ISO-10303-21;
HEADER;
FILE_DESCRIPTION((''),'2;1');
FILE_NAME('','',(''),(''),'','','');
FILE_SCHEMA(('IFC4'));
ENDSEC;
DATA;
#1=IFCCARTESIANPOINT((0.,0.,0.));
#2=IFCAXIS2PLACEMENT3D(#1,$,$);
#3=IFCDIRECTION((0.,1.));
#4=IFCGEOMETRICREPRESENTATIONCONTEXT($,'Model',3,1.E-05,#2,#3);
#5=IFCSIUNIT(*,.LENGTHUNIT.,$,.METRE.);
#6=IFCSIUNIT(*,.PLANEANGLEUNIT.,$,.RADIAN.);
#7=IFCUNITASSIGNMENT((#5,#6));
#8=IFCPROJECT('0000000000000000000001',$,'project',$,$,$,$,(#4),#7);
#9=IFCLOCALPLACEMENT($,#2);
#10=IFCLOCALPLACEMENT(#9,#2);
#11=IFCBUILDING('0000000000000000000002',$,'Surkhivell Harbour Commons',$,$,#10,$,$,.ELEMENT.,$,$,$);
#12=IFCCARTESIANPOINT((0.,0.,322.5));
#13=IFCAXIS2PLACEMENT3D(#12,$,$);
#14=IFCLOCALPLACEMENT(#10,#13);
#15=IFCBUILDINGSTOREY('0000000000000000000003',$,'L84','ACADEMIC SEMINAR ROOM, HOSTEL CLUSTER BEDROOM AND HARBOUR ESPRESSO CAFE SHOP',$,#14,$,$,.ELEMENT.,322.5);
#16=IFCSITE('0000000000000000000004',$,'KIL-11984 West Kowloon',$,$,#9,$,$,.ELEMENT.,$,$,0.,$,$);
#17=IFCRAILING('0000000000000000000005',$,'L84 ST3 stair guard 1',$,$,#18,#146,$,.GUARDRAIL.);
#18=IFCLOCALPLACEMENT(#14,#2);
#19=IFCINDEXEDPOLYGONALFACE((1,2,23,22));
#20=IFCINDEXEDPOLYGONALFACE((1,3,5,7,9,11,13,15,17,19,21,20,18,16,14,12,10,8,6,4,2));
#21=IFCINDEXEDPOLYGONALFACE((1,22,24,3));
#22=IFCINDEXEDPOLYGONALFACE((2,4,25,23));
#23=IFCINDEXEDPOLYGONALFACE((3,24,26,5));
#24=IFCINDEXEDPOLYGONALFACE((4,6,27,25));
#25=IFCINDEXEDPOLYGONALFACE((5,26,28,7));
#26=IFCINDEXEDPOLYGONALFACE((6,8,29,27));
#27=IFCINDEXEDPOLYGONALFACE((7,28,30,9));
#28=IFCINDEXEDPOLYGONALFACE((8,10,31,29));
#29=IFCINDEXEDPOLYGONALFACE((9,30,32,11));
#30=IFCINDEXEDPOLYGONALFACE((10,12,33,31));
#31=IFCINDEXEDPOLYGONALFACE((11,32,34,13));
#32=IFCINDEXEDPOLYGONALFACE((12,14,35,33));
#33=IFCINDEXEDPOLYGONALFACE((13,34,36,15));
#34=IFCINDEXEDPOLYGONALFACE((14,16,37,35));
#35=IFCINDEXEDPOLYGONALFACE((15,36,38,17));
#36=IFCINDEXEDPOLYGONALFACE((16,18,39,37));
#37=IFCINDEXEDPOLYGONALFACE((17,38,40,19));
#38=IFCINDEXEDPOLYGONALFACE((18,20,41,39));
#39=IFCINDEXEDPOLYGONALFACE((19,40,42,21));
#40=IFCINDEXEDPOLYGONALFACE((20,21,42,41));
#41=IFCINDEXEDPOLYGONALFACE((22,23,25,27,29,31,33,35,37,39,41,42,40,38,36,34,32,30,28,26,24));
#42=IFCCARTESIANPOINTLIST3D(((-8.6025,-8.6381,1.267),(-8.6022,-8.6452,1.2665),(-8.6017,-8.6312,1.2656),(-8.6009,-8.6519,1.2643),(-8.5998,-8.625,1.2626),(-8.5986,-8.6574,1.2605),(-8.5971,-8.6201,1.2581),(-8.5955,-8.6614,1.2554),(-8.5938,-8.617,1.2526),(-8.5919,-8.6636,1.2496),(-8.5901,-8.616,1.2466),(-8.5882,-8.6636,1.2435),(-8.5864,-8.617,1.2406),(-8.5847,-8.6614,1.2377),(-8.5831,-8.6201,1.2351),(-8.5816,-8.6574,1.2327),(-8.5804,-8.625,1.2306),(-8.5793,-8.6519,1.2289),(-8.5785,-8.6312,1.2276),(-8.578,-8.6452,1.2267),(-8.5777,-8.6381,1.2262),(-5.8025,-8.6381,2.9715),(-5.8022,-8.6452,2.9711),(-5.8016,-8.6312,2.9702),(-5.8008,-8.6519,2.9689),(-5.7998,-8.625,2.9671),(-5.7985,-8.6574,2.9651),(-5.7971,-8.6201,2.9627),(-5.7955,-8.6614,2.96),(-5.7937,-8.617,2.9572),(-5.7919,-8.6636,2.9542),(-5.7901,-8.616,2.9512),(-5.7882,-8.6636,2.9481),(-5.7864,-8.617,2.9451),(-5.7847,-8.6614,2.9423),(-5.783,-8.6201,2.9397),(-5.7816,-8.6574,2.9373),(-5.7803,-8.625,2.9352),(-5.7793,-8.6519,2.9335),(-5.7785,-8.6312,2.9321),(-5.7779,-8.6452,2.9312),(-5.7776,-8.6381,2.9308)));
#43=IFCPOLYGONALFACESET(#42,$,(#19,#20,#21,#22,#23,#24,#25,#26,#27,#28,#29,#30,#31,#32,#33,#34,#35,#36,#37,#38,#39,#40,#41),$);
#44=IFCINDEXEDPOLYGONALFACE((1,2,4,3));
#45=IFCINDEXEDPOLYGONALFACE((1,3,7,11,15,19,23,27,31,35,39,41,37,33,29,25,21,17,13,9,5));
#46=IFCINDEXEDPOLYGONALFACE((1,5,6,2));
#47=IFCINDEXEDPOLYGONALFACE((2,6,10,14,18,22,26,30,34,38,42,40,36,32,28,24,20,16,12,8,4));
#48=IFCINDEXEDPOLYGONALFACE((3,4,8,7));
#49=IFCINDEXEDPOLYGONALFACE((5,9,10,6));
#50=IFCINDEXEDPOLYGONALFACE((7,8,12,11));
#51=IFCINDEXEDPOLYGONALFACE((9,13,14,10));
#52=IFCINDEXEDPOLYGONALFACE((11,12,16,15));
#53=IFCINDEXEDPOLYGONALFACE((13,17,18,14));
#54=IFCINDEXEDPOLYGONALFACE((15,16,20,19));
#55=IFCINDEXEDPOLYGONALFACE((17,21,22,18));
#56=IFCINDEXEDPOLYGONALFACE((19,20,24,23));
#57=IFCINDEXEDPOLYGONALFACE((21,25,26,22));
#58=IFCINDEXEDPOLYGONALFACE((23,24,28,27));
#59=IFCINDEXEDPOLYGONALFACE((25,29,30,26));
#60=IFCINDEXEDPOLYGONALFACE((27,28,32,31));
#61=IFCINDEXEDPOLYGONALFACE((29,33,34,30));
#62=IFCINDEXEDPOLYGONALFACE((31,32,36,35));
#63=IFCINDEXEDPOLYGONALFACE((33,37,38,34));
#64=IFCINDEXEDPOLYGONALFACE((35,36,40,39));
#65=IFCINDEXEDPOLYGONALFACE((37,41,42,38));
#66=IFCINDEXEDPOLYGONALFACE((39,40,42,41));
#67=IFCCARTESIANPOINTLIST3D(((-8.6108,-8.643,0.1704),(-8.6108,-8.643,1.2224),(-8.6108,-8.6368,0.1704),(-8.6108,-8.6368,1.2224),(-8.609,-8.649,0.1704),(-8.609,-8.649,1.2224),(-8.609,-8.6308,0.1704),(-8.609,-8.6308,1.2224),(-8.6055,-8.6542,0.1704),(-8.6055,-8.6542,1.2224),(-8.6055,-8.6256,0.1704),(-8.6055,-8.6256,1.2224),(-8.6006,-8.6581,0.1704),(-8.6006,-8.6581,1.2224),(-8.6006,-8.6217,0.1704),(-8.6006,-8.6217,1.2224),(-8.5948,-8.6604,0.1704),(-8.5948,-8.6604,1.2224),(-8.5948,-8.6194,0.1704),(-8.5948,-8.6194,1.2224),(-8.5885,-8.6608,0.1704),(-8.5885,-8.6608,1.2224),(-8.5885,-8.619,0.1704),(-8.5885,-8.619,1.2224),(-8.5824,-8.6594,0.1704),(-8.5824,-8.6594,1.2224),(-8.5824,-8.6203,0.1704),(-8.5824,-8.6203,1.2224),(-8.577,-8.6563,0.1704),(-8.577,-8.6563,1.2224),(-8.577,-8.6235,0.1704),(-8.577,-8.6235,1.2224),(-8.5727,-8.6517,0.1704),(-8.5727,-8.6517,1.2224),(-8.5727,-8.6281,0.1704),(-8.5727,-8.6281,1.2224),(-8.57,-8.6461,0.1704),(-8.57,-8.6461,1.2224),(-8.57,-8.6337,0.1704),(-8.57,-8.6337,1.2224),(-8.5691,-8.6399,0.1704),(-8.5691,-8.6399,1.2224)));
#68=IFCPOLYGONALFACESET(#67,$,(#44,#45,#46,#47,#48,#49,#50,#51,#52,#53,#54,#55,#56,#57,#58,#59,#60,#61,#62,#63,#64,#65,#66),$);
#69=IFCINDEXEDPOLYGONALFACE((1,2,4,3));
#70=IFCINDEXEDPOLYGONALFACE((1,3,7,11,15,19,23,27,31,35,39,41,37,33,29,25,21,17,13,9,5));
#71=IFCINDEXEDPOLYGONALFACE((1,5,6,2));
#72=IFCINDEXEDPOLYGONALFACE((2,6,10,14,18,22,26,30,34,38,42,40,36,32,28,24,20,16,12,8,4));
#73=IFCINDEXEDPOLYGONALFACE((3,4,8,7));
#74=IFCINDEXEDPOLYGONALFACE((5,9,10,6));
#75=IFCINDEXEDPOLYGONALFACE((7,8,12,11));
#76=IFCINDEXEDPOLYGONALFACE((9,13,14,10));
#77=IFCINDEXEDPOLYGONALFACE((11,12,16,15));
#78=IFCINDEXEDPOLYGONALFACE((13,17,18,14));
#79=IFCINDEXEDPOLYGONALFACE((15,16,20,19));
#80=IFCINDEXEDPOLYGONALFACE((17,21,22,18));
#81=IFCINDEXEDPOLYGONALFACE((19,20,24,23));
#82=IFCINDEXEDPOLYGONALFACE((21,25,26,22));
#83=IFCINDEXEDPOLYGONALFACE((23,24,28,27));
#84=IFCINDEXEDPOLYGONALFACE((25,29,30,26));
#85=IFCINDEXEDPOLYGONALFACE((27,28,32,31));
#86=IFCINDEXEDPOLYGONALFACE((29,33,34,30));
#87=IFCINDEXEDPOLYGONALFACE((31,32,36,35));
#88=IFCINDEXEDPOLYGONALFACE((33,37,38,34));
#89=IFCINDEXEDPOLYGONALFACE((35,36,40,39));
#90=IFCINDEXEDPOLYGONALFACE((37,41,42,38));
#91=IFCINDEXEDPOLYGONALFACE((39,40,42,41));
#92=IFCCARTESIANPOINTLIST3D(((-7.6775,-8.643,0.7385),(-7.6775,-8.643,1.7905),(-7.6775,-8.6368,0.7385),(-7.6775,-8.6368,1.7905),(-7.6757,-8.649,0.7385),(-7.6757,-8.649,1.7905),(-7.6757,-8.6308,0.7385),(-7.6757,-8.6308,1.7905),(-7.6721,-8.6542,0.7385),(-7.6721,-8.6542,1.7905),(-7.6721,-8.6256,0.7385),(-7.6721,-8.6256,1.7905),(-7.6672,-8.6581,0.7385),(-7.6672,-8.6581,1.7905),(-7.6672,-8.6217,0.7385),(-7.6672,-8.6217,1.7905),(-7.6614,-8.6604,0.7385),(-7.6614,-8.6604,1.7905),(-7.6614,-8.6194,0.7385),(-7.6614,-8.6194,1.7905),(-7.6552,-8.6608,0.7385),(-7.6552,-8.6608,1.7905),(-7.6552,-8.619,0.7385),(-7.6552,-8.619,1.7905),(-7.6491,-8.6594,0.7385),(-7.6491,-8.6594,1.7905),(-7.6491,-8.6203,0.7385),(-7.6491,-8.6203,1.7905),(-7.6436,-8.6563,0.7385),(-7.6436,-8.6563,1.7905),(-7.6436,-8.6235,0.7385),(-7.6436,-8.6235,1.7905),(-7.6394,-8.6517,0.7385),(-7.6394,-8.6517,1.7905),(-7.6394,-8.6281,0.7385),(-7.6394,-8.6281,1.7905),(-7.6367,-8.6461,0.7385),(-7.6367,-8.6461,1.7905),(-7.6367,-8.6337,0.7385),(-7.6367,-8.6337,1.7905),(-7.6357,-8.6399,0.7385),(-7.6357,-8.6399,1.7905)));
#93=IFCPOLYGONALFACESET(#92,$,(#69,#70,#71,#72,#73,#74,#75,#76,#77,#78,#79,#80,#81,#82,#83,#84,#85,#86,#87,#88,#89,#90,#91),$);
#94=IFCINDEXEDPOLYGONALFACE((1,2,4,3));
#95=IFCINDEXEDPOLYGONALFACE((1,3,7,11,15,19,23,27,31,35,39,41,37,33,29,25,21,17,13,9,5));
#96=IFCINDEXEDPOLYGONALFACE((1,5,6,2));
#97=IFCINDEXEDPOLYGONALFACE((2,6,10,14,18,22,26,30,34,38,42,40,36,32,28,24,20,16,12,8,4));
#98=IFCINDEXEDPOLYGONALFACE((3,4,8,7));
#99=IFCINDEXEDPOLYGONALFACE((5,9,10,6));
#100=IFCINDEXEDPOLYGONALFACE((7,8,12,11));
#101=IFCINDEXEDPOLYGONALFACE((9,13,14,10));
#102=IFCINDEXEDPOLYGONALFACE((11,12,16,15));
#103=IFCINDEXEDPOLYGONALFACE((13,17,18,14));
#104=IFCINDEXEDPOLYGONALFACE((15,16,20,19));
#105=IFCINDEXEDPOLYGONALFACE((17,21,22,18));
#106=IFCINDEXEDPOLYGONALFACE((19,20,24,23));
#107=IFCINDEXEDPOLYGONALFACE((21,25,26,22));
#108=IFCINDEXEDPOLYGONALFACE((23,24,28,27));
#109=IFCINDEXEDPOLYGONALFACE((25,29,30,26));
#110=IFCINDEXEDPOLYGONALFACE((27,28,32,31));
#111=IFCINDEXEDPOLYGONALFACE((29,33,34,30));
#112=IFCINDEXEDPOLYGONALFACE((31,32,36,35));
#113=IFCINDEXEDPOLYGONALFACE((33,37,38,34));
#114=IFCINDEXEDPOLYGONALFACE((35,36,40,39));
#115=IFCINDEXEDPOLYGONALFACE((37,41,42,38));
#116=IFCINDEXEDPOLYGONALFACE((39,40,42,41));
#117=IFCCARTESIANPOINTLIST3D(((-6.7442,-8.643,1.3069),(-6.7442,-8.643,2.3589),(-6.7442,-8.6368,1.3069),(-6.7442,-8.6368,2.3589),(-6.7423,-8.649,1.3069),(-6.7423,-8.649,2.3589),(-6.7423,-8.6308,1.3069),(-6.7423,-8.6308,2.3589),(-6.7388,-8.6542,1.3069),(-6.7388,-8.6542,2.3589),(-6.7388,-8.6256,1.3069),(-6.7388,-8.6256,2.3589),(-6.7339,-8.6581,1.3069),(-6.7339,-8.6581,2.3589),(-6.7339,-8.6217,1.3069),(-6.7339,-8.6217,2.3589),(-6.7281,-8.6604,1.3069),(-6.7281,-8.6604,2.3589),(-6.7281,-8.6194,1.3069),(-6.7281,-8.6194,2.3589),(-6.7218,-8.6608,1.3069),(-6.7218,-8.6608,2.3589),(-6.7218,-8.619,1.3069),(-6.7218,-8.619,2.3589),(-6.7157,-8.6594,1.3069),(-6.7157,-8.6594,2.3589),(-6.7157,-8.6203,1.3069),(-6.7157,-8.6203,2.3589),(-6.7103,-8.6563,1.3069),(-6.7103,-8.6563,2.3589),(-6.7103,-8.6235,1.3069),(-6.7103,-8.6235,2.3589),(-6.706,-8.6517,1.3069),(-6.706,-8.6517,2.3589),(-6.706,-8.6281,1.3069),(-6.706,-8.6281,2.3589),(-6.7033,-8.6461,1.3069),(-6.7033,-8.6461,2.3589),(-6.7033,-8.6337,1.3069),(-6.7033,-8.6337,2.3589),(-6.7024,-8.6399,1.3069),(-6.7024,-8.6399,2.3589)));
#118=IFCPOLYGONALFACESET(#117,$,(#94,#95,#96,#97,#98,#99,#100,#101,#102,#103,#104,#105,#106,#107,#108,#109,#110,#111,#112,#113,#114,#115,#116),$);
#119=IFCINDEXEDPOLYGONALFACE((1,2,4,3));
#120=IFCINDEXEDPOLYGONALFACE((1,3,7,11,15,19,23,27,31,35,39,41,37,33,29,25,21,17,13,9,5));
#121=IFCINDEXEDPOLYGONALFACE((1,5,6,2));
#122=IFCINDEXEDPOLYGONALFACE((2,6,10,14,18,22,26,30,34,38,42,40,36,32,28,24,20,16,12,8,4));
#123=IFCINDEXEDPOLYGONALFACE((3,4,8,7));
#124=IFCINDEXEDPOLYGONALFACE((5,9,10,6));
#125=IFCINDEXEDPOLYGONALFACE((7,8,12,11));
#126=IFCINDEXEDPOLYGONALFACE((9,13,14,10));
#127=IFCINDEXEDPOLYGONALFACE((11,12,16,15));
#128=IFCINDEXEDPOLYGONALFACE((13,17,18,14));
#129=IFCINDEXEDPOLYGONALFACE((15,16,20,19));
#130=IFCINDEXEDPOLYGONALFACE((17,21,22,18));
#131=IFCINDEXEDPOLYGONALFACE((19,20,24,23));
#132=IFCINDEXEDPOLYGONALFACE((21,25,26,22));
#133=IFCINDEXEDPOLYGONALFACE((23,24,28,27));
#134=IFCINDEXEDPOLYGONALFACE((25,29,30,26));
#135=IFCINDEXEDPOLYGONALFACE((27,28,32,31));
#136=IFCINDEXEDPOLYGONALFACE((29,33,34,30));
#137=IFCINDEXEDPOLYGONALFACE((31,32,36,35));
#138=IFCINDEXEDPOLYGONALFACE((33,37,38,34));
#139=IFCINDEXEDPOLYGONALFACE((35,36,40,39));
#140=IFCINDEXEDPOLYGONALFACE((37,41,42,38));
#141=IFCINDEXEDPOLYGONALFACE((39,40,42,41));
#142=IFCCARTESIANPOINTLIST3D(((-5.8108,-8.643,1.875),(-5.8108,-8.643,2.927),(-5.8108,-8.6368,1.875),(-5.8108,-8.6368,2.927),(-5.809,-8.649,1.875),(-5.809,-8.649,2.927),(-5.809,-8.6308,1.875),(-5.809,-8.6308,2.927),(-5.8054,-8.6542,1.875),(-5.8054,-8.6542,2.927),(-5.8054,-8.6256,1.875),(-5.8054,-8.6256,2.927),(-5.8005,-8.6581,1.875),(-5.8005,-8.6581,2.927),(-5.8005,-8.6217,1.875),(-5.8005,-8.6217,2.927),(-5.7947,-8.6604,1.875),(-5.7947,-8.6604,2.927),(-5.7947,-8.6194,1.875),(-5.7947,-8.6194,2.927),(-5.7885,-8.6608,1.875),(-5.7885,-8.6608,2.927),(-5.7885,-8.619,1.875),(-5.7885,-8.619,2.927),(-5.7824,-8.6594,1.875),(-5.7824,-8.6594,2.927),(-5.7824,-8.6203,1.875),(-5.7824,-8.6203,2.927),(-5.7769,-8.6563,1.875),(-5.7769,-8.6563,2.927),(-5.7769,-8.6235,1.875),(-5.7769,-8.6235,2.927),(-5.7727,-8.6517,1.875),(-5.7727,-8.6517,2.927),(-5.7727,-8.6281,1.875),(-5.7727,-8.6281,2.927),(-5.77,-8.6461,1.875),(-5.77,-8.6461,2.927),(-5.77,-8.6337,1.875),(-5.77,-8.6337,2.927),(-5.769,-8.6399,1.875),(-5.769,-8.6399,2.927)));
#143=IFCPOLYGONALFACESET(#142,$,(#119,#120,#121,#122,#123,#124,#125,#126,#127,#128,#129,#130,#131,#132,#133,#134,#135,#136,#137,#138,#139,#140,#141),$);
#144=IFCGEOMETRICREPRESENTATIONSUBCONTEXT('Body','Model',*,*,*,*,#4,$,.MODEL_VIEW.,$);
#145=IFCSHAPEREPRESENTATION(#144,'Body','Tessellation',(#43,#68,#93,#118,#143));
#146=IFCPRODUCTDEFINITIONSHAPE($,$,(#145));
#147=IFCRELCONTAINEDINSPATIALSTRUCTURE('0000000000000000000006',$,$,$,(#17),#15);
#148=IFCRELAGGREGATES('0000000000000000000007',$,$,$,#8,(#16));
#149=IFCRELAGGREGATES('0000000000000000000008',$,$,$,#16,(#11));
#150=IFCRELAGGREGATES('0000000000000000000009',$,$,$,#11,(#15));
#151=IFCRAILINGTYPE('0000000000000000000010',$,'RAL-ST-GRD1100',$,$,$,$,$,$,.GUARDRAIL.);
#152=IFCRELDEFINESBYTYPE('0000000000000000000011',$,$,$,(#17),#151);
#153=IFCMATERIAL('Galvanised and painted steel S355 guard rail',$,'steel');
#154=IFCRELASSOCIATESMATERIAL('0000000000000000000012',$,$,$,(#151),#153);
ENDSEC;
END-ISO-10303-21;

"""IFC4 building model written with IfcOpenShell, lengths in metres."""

from ifc_helpers import new_model, si_unit, direction, frame, origin, origin_2d, place, context, subcontext, project, spatial, circle, extrude, material, type_object, element, save


model = new_model("IFC4")

# Units and contexts
model_context = context("Model", 3, precision=1e-05, world=origin(), true_north=direction((0.0, 1.0)))
body_context = subcontext(model_context, "Body", "Model", "MODEL_VIEW")
ifc_project = project(units=[si_unit("LENGTHUNIT", "METRE"), si_unit("PLANEANGLEUNIT", "RADIAN")], contexts=[model_context])

# Site, building, storey
site_placement = place(None, origin())
site = spatial("IfcSite", under=ifc_project, at=site_placement, Name="KIL-11984 West Kowloon", CompositionType="ELEMENT", RefElevation=0.0)
building_placement = place(site_placement, origin())
building = spatial("IfcBuilding", under=site, at=building_placement, Name="Surkhivell Harbour Commons", CompositionType="ELEMENT")
storey_placement = place(building_placement, frame((0.0, 0.0, 322.5)))
storey = spatial("IfcBuildingStorey", under=building, at=storey_placement, Name="L84", Description="ACADEMIC SEMINAR ROOM, HOSTEL CLUSTER BEDROOM AND HARBOUR ESPRESSO CAFE SHOP", CompositionType="ELEMENT", Elevation=322.5)

# Railing
ifc_material_1 = material(Name="Galvanised and painted steel S355 guard rail", Category="steel")
railing_type_1 = type_object("IfcRailingType", Name="RAL-ST-GRD1100", PredefinedType="GUARDRAIL", material=ifc_material_1)
railing_1_placement = place(storey_placement, frame((-8.5901, -8.6399, 0.1704)))
element("IfcRailing", 1, at=railing_1_placement, inside=storey, type_object=railing_type_1, Name="L84 ST3 stair guard 1", PredefinedType="GUARDRAIL", context=body_context, shape_type="SweptSolid", body=[
    extrude(circle(Radius=0.0239, at=origin_2d()), frame((0.0, 0.0, 1.0762), z_axis=(0.85417, 0.0, 0.519994), x_axis=(0.0, 1.0, 0.0)), (0.0, 0.0, 1.0), 3.2781),
    extrude(circle(Radius=0.021, at=origin_2d()), origin(), (0.0, 0.0, 1.0), 1.052),
    extrude(circle(Radius=0.021, at=origin_2d()), frame((0.9333, 0.0, 0.5681)), (0.0, 0.0, 1.0), 1.052),
    extrude(circle(Radius=0.021, at=origin_2d()), frame((1.8667, 0.0, 1.1365)), (0.0, 0.0, 1.0), 1.052),
    extrude(circle(Radius=0.021, at=origin_2d()), frame((2.8, 0.0, 1.7046)), (0.0, 0.0, 1.0), 1.052),
])

save(model, "model.ifc")
